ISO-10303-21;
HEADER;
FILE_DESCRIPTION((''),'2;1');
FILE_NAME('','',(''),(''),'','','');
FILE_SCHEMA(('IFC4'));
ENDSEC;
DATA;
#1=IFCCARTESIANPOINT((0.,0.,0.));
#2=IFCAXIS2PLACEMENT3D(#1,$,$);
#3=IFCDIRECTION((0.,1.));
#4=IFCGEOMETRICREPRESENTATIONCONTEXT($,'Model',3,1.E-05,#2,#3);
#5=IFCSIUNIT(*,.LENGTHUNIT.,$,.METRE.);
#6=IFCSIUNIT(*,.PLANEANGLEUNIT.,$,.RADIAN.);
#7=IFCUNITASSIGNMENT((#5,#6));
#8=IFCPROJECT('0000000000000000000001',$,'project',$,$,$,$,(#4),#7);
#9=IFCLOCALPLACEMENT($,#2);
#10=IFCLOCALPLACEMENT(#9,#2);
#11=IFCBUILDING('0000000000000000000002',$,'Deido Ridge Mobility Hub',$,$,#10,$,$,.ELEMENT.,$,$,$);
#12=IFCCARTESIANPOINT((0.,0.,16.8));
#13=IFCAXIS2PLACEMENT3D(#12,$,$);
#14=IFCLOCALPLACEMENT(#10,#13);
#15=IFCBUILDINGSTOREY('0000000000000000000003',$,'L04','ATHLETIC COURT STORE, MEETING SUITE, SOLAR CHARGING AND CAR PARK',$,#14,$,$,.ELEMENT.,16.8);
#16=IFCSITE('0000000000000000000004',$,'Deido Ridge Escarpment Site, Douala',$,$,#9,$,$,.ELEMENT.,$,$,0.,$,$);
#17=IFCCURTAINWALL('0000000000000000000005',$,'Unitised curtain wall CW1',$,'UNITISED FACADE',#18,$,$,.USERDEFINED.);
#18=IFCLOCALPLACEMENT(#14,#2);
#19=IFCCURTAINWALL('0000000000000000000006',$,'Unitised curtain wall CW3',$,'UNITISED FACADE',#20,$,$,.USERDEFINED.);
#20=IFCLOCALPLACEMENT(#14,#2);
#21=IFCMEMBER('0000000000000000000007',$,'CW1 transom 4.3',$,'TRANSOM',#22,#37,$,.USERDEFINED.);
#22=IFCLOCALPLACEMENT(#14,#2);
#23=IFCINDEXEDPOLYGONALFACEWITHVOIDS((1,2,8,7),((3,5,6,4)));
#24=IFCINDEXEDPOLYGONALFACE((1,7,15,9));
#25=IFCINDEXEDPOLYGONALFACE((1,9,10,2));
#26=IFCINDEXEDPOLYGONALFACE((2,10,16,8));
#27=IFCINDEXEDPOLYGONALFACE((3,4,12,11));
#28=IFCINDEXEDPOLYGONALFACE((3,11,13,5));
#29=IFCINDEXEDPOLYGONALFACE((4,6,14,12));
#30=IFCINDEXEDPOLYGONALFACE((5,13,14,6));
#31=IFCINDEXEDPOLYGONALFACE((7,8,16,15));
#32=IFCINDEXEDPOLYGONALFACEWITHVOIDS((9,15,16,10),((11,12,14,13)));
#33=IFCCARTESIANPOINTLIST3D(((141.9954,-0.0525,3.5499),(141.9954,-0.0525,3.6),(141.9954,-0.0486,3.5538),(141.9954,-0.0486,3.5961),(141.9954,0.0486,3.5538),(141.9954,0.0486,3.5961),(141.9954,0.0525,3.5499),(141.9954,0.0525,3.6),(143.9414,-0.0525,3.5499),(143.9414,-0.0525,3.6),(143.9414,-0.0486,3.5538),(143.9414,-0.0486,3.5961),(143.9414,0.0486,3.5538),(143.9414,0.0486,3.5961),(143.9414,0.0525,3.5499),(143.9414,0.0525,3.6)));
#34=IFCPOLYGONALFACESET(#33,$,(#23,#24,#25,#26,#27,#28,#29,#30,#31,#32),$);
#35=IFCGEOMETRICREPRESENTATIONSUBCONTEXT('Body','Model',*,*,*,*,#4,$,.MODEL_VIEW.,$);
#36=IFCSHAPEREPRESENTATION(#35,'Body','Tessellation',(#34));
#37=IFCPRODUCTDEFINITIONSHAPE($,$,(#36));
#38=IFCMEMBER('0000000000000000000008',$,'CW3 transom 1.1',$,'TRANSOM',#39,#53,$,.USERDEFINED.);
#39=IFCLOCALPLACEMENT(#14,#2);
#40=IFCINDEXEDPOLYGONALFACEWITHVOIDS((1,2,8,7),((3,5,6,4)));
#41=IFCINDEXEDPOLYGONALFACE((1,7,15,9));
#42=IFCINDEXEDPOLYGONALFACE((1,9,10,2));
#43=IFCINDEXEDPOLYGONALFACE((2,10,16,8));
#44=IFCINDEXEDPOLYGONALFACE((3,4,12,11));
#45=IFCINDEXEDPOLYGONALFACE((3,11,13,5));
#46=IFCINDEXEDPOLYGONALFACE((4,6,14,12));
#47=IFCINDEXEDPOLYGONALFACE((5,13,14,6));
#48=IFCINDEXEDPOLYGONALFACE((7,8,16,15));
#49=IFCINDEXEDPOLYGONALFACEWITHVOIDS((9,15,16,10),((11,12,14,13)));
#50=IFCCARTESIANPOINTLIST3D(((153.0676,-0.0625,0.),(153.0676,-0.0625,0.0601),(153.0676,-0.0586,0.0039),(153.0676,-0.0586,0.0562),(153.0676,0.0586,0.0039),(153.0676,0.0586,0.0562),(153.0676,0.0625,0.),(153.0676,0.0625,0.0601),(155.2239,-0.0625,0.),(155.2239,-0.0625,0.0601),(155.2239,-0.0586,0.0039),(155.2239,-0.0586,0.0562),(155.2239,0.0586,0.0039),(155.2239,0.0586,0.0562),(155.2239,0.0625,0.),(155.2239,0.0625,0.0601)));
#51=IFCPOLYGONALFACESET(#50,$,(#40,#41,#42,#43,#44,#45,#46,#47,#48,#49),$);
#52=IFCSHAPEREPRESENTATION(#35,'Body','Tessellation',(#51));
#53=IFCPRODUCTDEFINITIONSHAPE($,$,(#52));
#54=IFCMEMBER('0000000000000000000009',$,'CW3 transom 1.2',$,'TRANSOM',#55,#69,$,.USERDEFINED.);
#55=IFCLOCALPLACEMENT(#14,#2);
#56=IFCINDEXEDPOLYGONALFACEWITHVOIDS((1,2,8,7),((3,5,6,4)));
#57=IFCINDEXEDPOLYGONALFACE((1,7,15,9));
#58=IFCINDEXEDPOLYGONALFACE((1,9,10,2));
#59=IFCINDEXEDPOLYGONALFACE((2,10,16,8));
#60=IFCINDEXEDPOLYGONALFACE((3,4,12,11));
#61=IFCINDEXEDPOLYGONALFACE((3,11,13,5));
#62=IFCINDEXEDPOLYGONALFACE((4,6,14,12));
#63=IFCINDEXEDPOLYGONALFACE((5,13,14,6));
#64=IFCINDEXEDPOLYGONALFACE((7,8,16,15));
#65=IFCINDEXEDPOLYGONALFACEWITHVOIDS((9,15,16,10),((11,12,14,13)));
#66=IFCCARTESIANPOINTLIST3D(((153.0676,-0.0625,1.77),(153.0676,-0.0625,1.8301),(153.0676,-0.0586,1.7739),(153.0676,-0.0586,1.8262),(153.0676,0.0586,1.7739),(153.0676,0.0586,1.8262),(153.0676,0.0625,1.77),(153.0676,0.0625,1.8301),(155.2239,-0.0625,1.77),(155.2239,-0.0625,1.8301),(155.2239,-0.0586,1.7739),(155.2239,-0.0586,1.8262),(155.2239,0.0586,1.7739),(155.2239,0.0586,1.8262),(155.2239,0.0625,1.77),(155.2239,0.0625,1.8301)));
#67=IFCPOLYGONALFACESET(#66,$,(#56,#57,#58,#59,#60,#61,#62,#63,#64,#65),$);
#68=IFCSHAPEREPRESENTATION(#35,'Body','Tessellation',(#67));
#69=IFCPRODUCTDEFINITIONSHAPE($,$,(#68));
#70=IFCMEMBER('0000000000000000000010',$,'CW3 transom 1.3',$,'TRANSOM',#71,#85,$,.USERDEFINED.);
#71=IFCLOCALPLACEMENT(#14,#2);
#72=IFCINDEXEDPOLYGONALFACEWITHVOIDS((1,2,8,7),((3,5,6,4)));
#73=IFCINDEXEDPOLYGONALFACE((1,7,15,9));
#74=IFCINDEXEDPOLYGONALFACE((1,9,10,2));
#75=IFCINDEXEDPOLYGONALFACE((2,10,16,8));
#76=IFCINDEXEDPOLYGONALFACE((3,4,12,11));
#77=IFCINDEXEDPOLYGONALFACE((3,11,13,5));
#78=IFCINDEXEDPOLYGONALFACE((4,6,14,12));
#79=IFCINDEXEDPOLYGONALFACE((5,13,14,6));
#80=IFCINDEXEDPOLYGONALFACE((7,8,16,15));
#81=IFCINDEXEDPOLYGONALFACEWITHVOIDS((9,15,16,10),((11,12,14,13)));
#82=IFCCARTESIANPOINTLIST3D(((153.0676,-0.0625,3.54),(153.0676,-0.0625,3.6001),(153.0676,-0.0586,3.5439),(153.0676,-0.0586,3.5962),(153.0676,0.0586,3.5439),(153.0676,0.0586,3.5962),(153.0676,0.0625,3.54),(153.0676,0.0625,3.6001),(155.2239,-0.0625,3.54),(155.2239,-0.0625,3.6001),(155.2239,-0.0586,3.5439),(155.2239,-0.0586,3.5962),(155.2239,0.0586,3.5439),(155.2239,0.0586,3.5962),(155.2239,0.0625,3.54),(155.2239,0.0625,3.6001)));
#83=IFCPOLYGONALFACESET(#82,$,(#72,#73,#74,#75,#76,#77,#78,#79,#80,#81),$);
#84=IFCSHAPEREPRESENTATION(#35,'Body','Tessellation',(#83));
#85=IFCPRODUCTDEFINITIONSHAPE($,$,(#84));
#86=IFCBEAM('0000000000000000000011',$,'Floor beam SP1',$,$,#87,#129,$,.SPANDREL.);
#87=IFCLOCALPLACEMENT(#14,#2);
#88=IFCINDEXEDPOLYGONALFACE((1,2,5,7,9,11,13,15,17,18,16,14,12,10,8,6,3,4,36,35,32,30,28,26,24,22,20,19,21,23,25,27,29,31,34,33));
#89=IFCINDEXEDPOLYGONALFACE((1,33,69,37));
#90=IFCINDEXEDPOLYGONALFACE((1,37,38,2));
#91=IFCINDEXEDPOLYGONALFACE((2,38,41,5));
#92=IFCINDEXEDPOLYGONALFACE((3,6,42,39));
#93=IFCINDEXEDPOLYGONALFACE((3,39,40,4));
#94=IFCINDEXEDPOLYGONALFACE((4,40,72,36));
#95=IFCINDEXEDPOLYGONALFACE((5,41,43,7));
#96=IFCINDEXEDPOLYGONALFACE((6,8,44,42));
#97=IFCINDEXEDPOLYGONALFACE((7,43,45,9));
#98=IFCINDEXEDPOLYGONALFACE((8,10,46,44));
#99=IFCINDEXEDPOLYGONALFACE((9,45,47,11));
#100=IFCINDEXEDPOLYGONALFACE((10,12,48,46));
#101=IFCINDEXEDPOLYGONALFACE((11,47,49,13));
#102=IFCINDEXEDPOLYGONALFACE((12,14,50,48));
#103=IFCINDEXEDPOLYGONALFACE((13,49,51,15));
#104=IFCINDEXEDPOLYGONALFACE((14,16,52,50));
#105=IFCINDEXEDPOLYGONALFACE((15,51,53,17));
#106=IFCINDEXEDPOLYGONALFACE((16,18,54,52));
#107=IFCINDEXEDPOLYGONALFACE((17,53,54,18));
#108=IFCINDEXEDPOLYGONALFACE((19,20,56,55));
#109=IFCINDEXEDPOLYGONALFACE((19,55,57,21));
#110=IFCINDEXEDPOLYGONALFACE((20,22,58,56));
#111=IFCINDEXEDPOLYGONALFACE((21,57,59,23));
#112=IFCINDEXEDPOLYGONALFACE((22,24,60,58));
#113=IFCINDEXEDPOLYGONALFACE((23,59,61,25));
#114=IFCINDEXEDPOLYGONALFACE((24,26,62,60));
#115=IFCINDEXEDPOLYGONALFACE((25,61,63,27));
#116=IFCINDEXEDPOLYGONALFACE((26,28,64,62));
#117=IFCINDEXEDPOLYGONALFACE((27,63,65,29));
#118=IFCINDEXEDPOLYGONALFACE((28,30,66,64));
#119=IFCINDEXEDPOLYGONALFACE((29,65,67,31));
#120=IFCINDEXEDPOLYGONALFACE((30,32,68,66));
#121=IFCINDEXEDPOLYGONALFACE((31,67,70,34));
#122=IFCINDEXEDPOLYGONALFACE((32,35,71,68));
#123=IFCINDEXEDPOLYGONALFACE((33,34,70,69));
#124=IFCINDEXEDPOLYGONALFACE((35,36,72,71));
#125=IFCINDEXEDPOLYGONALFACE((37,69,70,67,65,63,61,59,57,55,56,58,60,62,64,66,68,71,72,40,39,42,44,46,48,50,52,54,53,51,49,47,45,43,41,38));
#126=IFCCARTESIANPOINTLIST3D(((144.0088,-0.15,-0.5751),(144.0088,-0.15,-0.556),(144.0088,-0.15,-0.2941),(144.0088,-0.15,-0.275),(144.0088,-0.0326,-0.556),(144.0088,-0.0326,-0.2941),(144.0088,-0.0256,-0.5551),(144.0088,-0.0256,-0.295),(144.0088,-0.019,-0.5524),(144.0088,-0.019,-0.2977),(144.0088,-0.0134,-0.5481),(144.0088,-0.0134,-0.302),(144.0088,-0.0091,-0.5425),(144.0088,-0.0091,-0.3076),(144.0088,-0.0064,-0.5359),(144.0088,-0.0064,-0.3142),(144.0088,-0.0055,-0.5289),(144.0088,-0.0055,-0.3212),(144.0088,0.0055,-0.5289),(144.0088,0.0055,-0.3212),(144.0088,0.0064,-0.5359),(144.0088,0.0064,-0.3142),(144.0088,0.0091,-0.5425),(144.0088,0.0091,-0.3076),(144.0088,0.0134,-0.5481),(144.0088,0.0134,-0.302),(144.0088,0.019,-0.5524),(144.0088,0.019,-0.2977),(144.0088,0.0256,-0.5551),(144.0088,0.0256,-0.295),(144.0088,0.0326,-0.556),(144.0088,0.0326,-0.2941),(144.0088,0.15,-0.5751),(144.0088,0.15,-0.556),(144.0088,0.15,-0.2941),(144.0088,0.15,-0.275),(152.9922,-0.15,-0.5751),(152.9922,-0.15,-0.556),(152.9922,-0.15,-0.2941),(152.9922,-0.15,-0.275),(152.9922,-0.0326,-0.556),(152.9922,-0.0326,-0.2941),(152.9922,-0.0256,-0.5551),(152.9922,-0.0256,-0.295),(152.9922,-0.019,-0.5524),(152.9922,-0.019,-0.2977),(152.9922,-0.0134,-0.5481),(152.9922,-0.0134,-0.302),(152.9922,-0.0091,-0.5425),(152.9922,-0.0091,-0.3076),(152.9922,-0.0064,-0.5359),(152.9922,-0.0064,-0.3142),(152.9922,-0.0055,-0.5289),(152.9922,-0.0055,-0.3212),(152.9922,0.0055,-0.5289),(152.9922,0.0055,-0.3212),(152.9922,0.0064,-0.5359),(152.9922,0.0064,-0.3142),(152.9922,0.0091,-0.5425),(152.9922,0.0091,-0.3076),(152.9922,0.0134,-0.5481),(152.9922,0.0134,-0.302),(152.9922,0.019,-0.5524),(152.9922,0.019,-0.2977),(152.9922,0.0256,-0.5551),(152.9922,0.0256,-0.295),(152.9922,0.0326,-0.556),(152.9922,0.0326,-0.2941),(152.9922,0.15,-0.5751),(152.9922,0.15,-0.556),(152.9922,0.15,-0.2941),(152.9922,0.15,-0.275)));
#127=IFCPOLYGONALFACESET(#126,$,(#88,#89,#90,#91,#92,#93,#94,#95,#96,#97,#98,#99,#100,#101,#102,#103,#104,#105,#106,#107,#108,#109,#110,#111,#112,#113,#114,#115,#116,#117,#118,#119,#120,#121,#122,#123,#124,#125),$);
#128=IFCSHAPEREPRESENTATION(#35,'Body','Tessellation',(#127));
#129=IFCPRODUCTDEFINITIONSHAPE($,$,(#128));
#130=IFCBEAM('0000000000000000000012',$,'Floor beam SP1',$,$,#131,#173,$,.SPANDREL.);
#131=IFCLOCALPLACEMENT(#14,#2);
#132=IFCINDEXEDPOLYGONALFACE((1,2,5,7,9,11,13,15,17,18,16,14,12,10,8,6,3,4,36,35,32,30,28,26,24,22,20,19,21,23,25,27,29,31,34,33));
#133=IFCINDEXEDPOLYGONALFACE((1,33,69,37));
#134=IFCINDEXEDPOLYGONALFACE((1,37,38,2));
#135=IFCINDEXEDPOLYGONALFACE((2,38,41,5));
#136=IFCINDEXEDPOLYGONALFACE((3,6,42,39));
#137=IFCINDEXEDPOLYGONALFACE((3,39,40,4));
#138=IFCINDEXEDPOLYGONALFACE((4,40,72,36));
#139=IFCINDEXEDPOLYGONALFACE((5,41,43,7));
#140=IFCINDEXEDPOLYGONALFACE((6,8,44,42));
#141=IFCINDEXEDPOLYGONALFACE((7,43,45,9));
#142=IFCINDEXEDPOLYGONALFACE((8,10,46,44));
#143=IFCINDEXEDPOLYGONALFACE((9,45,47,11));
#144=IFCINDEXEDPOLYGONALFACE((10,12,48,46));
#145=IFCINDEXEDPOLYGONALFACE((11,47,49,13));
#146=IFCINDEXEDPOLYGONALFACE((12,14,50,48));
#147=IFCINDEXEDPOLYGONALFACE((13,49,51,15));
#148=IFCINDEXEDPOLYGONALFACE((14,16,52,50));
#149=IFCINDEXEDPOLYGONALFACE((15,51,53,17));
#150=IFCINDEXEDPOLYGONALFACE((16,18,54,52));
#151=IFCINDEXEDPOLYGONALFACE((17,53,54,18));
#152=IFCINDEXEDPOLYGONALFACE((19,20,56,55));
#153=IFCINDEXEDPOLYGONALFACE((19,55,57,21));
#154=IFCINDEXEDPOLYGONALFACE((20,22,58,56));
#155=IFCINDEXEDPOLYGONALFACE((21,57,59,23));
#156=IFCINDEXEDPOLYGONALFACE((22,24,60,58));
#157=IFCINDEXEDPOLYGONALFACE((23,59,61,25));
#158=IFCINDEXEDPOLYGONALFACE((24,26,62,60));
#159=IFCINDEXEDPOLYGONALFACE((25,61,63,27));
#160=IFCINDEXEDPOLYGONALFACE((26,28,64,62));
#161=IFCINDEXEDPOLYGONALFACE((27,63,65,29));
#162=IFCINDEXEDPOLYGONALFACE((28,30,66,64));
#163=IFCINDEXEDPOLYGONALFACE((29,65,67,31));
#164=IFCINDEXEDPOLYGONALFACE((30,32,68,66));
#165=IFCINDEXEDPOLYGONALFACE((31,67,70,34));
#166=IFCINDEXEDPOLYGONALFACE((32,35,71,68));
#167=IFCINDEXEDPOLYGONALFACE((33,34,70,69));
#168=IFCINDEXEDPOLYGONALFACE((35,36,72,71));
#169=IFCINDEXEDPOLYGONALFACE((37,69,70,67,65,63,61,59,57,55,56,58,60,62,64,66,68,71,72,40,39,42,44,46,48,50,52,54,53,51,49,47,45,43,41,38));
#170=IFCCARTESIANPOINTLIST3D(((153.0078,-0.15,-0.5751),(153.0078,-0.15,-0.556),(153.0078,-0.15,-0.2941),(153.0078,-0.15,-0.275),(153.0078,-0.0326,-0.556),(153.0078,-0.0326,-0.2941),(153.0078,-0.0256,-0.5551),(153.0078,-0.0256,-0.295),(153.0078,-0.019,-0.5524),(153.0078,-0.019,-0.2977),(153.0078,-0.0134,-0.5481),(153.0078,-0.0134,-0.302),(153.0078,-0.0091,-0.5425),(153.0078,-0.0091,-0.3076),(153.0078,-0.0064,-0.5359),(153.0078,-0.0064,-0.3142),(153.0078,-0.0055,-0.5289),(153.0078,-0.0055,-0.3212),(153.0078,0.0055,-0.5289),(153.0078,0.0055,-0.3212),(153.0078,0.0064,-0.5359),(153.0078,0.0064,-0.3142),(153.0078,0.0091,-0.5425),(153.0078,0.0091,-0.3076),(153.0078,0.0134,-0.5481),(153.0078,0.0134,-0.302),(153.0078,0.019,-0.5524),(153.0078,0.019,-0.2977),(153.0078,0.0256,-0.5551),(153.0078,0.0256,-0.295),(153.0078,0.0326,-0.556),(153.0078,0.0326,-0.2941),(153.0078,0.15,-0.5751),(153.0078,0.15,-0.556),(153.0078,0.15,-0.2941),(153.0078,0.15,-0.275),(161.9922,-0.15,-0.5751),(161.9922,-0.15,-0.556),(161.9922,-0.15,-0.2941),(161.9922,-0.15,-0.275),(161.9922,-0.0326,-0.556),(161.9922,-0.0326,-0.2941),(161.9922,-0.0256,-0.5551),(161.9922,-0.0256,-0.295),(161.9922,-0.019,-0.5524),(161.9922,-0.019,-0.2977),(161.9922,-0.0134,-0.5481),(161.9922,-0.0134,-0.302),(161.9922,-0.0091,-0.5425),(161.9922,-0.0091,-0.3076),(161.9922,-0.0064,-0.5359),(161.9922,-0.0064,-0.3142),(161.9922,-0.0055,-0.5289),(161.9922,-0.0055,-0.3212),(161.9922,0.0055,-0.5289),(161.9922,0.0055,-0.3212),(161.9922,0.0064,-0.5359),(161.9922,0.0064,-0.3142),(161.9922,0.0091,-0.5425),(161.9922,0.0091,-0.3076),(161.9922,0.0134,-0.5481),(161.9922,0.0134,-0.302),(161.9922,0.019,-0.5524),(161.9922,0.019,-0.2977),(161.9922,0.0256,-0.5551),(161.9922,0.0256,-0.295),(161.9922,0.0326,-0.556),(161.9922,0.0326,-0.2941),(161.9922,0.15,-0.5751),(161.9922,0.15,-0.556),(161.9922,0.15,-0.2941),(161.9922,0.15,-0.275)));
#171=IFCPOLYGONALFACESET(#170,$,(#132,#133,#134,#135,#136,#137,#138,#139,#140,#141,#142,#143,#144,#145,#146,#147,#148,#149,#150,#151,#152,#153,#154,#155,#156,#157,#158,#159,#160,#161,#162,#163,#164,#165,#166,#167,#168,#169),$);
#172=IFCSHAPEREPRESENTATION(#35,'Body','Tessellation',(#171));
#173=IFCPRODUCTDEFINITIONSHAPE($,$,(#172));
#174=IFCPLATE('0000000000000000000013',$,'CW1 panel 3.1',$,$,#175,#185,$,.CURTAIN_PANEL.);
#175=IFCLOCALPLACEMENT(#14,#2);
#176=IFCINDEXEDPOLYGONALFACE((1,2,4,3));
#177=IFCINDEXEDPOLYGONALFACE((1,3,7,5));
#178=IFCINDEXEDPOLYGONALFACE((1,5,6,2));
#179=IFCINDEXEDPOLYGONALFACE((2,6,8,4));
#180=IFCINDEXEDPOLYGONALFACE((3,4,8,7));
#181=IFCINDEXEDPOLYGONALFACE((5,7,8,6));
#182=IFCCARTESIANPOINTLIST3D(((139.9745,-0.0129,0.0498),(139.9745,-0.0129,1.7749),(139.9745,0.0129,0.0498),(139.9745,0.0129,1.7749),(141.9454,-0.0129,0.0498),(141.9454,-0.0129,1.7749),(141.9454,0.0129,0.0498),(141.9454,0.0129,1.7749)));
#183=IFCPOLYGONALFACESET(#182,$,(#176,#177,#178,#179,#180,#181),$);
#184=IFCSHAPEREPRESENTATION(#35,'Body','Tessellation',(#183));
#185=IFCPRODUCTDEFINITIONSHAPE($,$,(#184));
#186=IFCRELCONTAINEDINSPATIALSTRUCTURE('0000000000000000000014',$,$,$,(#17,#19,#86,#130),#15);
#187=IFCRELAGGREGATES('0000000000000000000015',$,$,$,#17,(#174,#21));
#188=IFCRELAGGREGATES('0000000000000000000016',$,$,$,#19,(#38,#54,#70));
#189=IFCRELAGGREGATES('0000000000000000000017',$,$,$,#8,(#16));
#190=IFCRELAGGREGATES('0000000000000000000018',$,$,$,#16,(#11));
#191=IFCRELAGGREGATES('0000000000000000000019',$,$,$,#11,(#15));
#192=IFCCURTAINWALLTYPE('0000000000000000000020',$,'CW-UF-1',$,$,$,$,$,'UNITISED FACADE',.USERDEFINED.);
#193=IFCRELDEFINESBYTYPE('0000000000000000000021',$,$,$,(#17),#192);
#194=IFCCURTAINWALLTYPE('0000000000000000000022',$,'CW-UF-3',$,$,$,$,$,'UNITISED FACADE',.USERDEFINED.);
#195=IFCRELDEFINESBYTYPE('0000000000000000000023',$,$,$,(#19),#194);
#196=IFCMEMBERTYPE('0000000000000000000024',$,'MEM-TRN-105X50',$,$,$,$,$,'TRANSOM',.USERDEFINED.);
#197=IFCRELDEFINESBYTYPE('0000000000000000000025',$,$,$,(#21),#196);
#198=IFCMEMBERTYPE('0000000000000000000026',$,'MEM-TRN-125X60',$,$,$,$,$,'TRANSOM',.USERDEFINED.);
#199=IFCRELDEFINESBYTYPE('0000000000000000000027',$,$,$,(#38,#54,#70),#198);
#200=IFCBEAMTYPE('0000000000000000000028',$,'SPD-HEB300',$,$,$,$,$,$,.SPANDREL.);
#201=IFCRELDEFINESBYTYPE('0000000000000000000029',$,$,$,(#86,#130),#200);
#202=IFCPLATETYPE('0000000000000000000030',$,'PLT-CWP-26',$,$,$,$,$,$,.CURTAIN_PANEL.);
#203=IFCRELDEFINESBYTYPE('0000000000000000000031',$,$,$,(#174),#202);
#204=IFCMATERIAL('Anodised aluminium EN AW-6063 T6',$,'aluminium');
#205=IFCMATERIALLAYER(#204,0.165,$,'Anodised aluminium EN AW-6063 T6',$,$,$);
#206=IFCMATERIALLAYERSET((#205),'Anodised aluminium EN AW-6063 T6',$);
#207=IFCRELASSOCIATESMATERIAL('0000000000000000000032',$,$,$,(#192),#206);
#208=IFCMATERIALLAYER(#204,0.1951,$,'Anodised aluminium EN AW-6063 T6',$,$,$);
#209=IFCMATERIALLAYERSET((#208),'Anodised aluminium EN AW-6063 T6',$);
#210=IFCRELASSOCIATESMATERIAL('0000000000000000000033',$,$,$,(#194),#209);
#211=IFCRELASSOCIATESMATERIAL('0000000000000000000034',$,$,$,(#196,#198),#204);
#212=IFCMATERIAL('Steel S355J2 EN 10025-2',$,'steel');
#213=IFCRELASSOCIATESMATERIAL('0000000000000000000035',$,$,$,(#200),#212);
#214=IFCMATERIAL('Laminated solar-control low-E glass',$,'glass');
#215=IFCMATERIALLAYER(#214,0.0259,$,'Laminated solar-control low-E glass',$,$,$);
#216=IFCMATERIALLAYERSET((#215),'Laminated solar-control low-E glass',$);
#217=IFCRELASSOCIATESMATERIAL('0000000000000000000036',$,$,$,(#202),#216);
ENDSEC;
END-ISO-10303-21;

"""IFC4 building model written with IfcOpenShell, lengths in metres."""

from ifc_helpers import new_model, si_unit, direction, frame, origin, origin_2d, place, context, subcontext, project, spatial, rectangle, hollow_rectangle, i_section, extrude, material, layer, layer_set, material_profile, profile_set, type_object, element, aggregate, save


model = new_model("IFC4")

# Units and contexts
model_context = context("Model", 3, precision=1e-05, world=origin(), true_north=direction((0.0, 1.0)))
body_context = subcontext(model_context, "Body", "Model", "MODEL_VIEW")
ifc_project = project(units=[si_unit("LENGTHUNIT", "METRE"), si_unit("PLANEANGLEUNIT", "RADIAN")], contexts=[model_context])

# Site, building, storey
site_placement = place(None, origin())
site = spatial("IfcSite", under=ifc_project, at=site_placement, Name="Deido Ridge Escarpment Site, Douala", CompositionType="ELEMENT", RefElevation=0.0)
building_placement = place(site_placement, origin())
building = spatial("IfcBuilding", under=site, at=building_placement, Name="Deido Ridge Mobility Hub", CompositionType="ELEMENT")
storey_placement = place(building_placement, frame((0.0, 0.0, 16.8)))
storey = spatial("IfcBuildingStorey", under=building, at=storey_placement, Name="L04", Description="ATHLETIC COURT STORE, MEETING SUITE, SOLAR CHARGING AND CAR PARK", CompositionType="ELEMENT", Elevation=16.8)

# Shared definitions
ifc_material_1 = material(Name="Steel S355J2 EN 10025-2", Category="steel")

# Curtain wall
ifc_material_2 = material(Name="Anodised aluminium EN AW-6063 T6", Category="aluminium")
ifc_layer_1 = layer(ifc_material_2, 0.165, Name="Anodised aluminium EN AW-6063 T6")
ifc_layer_set_1 = layer_set([ifc_layer_1], Name="Anodised aluminium EN AW-6063 T6")
curtain_wall_type_1 = type_object("IfcCurtainWallType", Name="CW-UF-1", ElementType="UNITISED FACADE", PredefinedType="USERDEFINED", material=ifc_layer_set_1)
curtain_wall_1_placement = place(storey_placement, origin())
curtain_wall_1 = element("IfcCurtainWall", 1, at=curtain_wall_1_placement, inside=storey, type_object=curtain_wall_type_1, Name="Unitised curtain wall CW1", ObjectType="UNITISED FACADE", PredefinedType="USERDEFINED")

# Curtain wall
ifc_layer_2 = layer(ifc_material_2, 0.1951, Name="Anodised aluminium EN AW-6063 T6")
ifc_layer_set_2 = layer_set([ifc_layer_2], Name="Anodised aluminium EN AW-6063 T6")
curtain_wall_type_2 = type_object("IfcCurtainWallType", Name="CW-UF-3", ElementType="UNITISED FACADE", PredefinedType="USERDEFINED", material=ifc_layer_set_2)
curtain_wall_2_placement = place(storey_placement, origin())
curtain_wall_2 = element("IfcCurtainWall", 2, at=curtain_wall_2_placement, inside=storey, type_object=curtain_wall_type_2, Name="Unitised curtain wall CW3", ObjectType="UNITISED FACADE", PredefinedType="USERDEFINED")

# Members
ifc_material_profile_1 = material_profile(ifc_material_2, hollow_rectangle(XDim=0.105, YDim=0.05, WallThickness=0.0039, at=origin_2d()), Name="RHS 105x50x4")
ifc_profile_set_1 = profile_set([ifc_material_profile_1], Name="Anodised aluminium EN AW-6063 T6")
member_type_1 = type_object("IfcMemberType", Name="MEM-TRN-105X50", ElementType="TRANSOM", PredefinedType="USERDEFINED", material=ifc_profile_set_1)
member_1_placement = place(storey_placement, frame((141.9954, 0.0, 3.575), z_axis=(1.0, 0.0, 0.0), x_axis=(0.0, 1.0, 0.0)))
member_1 = element("IfcMember", 3, at=member_1_placement, type_object=member_type_1, Name="CW1 transom 4.3", ObjectType="TRANSOM", PredefinedType="USERDEFINED", context=body_context, shape_type="SweptSolid", body=[
    extrude(hollow_rectangle(XDim=0.105, YDim=0.05, WallThickness=0.0039, at=origin_2d()), origin(), (0.0, 0.0, 1.0), 1.946),
])
ifc_material_profile_2 = material_profile(ifc_material_2, hollow_rectangle(XDim=0.125, YDim=0.0601, WallThickness=0.0039, at=origin_2d()), Name="RHS 125x60x4")
ifc_profile_set_2 = profile_set([ifc_material_profile_2], Name="Anodised aluminium EN AW-6063 T6")
member_type_2 = type_object("IfcMemberType", Name="MEM-TRN-125X60", ElementType="TRANSOM", PredefinedType="USERDEFINED", material=ifc_profile_set_2)
member_2_placement = place(storey_placement, frame((153.0676, 0.0, 0.03), z_axis=(1.0, 0.0, 0.0), x_axis=(0.0, 1.0, 0.0)))
member_2 = element("IfcMember", 4, at=member_2_placement, type_object=member_type_2, Name="CW3 transom 1.1", ObjectType="TRANSOM", PredefinedType="USERDEFINED", context=body_context, shape_type="SweptSolid", body=[
    extrude(hollow_rectangle(XDim=0.125, YDim=0.0601, WallThickness=0.0039, at=origin_2d()), origin(), (0.0, 0.0, 1.0), 2.1562),
])
member_3_placement = place(storey_placement, frame((153.0676, 0.0, 1.8), z_axis=(1.0, 0.0, 0.0), x_axis=(0.0, 1.0, 0.0)))
member_3 = element("IfcMember", 5, at=member_3_placement, type_object=member_type_2, Name="CW3 transom 1.2", ObjectType="TRANSOM", PredefinedType="USERDEFINED", context=body_context, shape_type="SweptSolid", body=[
    extrude(hollow_rectangle(XDim=0.125, YDim=0.0601, WallThickness=0.0039, at=origin_2d()), origin(), (0.0, 0.0, 1.0), 2.1562),
])
member_4_placement = place(storey_placement, frame((153.0676, 0.0, 3.5701), z_axis=(1.0, 0.0, 0.0), x_axis=(0.0, 1.0, 0.0)))
member_4 = element("IfcMember", 6, at=member_4_placement, type_object=member_type_2, Name="CW3 transom 1.3", ObjectType="TRANSOM", PredefinedType="USERDEFINED", context=body_context, shape_type="SweptSolid", body=[
    extrude(hollow_rectangle(XDim=0.125, YDim=0.0601, WallThickness=0.0039, at=origin_2d()), origin(), (0.0, 0.0, 1.0), 2.1562),
])

# Beams
ifc_material_profile_3 = material_profile(ifc_material_1, i_section(OverallWidth=0.3, OverallDepth=0.3, WebThickness=0.011, FlangeThickness=0.019, FilletRadius=0.0271, at=origin_2d()), Name="HEB 300")
ifc_profile_set_3 = profile_set([ifc_material_profile_3], Name="Steel S355J2 EN 10025-2")
beam_type_1 = type_object("IfcBeamType", Name="SPD-HEB300", PredefinedType="SPANDREL", material=ifc_profile_set_3)
beam_1_placement = place(storey_placement, frame((144.0088, 0.0, -0.425), z_axis=(1.0, 0.0, 0.0), x_axis=(0.0, 1.0, 0.0)))
element("IfcBeam", 7, at=beam_1_placement, inside=storey, type_object=beam_type_1, Name="Floor beam SP1", PredefinedType="SPANDREL", context=body_context, shape_type="SweptSolid", body=[
    extrude(i_section(OverallWidth=0.3, OverallDepth=0.3, WebThickness=0.011, FlangeThickness=0.019, FilletRadius=0.0271, at=origin_2d()), origin(), (0.0, 0.0, 1.0), 8.9834),
])
beam_2_placement = place(storey_placement, frame((153.0078, 0.0, -0.425), z_axis=(1.0, 0.0, 0.0), x_axis=(0.0, 1.0, 0.0)))
element("IfcBeam", 8, at=beam_2_placement, inside=storey, type_object=beam_type_1, Name="Floor beam SP1", PredefinedType="SPANDREL", context=body_context, shape_type="SweptSolid", body=[
    extrude(i_section(OverallWidth=0.3, OverallDepth=0.3, WebThickness=0.011, FlangeThickness=0.019, FilletRadius=0.0271, at=origin_2d()), origin(), (0.0, 0.0, 1.0), 8.9844),
])

# Plate
ifc_material_3 = material(Name="Laminated solar-control low-E glass", Category="glass")
ifc_layer_3 = layer(ifc_material_3, 0.0259, Name="Laminated solar-control low-E glass")
ifc_layer_set_3 = layer_set([ifc_layer_3], Name="Laminated solar-control low-E glass")
plate_type_1 = type_object("IfcPlateType", Name="PLT-CWP-26", PredefinedType="CURTAIN_PANEL", material=ifc_layer_set_3)
plate_1_placement = place(storey_placement, frame((140.96, 0.0, 0.0498), z_axis=(0.0, 0.0, 1.0), x_axis=(1.0, 0.0, 0.0)))
plate_1 = element("IfcPlate", 9, at=plate_1_placement, type_object=plate_type_1, Name="CW1 panel 3.1", PredefinedType="CURTAIN_PANEL", context=body_context, shape_type="SweptSolid", body=[
    extrude(rectangle(XDim=1.9709, YDim=0.0259, at=origin_2d()), origin(), (0.0, 0.0, 1.0), 1.7251),
])
aggregate(curtain_wall_1, [plate_1, member_1])
aggregate(curtain_wall_2, [member_2, member_3, member_4])

save(model, "model.ifc")
